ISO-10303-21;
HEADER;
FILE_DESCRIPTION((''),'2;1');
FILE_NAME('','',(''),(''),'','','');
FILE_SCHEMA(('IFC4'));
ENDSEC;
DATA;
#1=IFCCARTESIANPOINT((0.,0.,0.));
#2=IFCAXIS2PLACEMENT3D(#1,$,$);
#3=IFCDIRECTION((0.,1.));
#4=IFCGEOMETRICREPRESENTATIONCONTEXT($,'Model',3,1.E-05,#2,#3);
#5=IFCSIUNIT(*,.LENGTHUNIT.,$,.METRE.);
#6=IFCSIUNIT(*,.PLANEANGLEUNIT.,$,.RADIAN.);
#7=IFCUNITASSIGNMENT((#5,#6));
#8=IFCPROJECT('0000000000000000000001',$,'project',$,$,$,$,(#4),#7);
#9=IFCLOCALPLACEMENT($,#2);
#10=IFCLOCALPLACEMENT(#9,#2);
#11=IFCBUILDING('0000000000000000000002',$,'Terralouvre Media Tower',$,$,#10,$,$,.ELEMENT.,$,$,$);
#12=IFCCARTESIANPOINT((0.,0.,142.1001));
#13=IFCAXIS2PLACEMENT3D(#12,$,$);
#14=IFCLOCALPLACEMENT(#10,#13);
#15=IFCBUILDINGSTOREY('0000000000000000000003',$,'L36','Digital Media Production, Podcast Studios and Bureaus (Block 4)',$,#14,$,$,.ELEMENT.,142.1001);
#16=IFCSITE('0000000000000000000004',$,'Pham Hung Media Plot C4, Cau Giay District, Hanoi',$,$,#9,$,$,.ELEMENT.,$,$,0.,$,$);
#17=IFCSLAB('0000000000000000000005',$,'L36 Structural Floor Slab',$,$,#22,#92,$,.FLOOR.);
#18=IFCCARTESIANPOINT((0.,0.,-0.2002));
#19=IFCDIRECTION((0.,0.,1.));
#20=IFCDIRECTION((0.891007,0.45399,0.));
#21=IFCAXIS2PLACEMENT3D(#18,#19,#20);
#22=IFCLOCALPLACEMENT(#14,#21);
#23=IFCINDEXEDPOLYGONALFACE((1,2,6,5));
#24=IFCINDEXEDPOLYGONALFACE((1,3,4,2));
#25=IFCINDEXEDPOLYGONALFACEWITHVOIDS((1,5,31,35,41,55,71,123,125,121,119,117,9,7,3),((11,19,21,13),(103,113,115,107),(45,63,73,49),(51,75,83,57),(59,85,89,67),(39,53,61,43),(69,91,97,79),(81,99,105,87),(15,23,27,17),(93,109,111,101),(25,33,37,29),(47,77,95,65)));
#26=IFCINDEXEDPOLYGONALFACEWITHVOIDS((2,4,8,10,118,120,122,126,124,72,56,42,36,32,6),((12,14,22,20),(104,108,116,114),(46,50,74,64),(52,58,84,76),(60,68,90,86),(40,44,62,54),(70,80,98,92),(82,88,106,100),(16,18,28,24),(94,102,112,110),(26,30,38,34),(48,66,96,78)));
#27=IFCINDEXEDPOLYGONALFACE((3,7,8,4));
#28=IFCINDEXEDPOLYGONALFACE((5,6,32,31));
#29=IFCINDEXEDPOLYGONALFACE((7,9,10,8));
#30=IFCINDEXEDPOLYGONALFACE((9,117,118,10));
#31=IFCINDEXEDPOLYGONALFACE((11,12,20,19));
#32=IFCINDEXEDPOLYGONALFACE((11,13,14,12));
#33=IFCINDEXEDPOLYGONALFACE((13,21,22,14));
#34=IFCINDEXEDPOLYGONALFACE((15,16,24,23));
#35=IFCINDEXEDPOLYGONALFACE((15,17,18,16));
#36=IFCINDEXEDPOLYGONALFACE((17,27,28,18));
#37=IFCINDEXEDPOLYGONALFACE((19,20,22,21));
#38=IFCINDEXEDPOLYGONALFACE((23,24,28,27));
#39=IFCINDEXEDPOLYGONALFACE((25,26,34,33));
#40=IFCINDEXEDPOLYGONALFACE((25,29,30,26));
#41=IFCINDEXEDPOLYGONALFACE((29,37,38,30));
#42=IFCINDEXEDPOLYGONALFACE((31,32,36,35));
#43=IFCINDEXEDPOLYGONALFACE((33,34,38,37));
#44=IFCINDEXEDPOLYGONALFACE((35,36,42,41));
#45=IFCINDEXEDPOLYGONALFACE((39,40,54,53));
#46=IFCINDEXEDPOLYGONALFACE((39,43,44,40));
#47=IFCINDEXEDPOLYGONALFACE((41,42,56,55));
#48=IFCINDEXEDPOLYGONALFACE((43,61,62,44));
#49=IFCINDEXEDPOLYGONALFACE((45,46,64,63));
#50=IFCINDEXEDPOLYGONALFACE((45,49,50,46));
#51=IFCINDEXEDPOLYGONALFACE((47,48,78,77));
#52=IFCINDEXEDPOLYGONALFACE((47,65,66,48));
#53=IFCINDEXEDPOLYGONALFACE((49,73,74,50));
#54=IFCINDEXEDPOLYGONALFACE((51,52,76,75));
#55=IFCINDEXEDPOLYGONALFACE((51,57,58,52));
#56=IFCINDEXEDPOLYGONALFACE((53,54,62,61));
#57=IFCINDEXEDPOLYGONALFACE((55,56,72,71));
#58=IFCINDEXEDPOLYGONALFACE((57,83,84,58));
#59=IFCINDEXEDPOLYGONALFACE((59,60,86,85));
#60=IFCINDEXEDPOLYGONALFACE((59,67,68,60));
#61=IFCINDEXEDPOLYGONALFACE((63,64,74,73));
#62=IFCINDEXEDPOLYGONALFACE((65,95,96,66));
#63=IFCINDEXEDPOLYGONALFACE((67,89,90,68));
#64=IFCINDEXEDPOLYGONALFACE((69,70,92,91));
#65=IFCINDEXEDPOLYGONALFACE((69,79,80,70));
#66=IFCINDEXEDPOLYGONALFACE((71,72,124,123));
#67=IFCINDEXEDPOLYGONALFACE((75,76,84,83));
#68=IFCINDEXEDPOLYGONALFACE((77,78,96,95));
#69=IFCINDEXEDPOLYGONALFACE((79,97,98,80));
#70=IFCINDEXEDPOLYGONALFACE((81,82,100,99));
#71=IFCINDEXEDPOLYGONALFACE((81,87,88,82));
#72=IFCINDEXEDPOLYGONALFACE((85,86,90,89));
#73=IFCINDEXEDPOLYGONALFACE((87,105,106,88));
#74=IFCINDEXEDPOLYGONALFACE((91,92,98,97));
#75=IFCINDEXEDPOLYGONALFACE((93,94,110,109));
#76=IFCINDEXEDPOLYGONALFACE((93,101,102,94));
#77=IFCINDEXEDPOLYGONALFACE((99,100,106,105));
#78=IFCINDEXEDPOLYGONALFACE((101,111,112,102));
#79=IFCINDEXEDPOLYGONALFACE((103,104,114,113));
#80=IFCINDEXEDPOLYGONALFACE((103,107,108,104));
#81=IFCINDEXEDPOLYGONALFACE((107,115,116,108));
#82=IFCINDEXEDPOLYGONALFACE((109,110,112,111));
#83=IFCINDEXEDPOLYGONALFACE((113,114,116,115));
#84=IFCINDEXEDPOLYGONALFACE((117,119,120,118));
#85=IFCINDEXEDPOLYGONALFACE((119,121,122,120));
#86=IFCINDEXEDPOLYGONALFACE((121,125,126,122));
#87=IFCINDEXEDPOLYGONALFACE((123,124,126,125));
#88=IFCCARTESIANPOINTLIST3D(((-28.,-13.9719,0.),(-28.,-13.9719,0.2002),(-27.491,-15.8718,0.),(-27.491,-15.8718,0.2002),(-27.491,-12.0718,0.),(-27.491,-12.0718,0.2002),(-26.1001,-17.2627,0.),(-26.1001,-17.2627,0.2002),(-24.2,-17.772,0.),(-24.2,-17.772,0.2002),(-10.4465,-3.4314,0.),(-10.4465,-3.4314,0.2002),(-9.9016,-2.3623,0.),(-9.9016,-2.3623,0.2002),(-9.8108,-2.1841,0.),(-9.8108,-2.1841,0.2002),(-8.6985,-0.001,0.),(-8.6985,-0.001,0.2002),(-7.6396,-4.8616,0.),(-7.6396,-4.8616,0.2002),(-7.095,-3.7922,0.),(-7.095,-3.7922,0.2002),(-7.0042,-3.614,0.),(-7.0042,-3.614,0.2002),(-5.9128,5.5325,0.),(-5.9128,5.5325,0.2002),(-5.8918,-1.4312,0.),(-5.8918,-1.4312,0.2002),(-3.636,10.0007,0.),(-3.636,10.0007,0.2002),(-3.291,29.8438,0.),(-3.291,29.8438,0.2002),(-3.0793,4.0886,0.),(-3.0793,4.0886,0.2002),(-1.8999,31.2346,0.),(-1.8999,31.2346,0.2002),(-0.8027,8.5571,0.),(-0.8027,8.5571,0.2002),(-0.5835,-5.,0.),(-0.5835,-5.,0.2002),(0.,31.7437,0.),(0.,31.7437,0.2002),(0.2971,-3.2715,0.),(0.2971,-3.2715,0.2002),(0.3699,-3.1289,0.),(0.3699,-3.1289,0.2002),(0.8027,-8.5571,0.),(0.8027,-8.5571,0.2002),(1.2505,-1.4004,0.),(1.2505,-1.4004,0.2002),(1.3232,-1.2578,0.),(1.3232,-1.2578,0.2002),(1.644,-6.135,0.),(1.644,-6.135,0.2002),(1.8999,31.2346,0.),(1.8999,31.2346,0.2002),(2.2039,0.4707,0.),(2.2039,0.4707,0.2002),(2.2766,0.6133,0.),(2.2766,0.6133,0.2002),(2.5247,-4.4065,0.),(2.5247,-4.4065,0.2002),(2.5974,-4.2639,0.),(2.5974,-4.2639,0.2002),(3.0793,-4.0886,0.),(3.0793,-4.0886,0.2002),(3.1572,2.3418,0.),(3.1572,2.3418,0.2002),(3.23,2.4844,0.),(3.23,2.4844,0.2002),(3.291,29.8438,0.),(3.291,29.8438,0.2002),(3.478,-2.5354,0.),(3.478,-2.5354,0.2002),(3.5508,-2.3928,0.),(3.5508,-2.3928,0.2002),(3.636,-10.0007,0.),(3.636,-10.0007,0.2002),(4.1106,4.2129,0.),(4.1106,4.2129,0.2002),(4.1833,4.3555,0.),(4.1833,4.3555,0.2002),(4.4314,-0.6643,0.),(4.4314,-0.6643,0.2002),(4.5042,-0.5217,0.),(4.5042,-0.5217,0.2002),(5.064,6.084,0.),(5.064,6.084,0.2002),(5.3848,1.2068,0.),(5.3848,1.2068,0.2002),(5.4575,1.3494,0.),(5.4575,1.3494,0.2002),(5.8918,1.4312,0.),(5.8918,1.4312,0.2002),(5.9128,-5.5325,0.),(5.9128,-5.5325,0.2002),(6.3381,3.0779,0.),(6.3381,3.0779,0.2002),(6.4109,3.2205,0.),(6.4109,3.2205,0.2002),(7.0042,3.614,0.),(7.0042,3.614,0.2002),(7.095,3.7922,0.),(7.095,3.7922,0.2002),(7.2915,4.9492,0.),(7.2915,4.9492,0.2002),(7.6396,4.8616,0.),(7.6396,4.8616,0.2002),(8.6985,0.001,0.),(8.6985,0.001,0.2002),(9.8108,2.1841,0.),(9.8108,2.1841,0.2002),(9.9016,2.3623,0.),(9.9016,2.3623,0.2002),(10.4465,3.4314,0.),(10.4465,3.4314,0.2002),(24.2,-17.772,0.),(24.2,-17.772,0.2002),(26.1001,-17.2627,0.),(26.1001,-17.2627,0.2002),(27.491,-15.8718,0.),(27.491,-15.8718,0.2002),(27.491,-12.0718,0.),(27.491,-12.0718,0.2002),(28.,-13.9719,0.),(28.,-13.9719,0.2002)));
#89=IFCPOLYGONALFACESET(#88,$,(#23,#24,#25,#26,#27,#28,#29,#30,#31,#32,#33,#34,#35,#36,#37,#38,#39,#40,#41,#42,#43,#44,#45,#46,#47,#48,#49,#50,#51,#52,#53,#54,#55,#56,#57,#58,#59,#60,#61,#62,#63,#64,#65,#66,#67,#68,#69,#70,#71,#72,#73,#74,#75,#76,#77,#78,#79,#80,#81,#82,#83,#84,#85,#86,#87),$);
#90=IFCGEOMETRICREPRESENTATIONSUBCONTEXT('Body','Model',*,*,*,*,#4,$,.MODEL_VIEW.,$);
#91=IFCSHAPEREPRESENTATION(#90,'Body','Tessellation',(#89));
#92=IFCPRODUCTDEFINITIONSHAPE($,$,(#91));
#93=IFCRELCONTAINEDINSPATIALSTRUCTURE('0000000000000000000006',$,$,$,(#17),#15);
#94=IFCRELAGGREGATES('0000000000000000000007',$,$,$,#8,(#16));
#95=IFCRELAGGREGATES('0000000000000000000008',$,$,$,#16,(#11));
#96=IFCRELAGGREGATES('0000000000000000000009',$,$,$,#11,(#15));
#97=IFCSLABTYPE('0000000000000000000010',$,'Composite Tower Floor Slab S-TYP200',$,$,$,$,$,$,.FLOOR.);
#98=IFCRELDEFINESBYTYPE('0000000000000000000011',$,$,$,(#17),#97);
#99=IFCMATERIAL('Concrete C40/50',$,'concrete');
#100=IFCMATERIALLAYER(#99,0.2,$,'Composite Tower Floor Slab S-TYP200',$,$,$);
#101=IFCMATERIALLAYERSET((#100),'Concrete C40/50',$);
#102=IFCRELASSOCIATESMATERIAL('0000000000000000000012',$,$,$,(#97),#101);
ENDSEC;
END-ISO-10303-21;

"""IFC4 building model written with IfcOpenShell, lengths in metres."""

from ifc_helpers import new_model, si_unit, direction, frame, origin, place, context, subcontext, project, spatial, polyline, outline, extrude, material, layer, layer_set, type_object, element, save


model = new_model("IFC4")

# Units and contexts
model_context = context("Model", 3, precision=1e-05, world=origin(), true_north=direction((0.0, 1.0)))
body_context = subcontext(model_context, "Body", "Model", "MODEL_VIEW")
ifc_project = project(units=[si_unit("LENGTHUNIT", "METRE"), si_unit("PLANEANGLEUNIT", "RADIAN")], contexts=[model_context])

# Site, building, storey
site_placement = place(None, origin())
site = spatial("IfcSite", under=ifc_project, at=site_placement, Name="Pham Hung Media Plot C4, Cau Giay District, Hanoi", CompositionType="ELEMENT", RefElevation=0.0)
building_placement = place(site_placement, origin())
building = spatial("IfcBuilding", under=site, at=building_placement, Name="Terralouvre Media Tower", CompositionType="ELEMENT")
storey_placement = place(building_placement, frame((0.0, 0.0, 142.1001)))
storey = spatial("IfcBuildingStorey", under=building, at=storey_placement, Name="L36", Description="Digital Media Production, Podcast Studios and Bureaus (Block 4)", CompositionType="ELEMENT", Elevation=142.1001)

# Slab
ifc_material_1 = material(Name="Concrete C40/50", Category="concrete")
ifc_layer_1 = layer(ifc_material_1, 0.2, Name="Composite Tower Floor Slab S-TYP200")
ifc_layer_set_1 = layer_set([ifc_layer_1], Name="Concrete C40/50")
slab_type = type_object("IfcSlabType", Name="Composite Tower Floor Slab S-TYP200", PredefinedType="FLOOR", material=ifc_layer_set_1)
slab_placement = place(storey_placement, frame((0.0, 0.0, -0.2002), z_axis=(0.0, 0.0, 1.0), x_axis=(0.891007, 0.45399, 0.0)))
element("IfcSlab", 1, at=slab_placement, inside=storey, type_object=slab_type, Name="L36 Structural Floor Slab", PredefinedType="FLOOR", context=body_context, shape_type="SweptSolid", body=[
    extrude(outline(polyline([(-27.491, -12.0718), (-28.0, -13.9719), (-27.491, -15.8718), (-26.1001, -17.2627), (-24.2, -17.772), (24.2, -17.772), (26.1001, -17.2627), (27.491, -15.8718), (28.0, -13.9719), (27.491, -12.0718), (3.291, 29.8438), (1.8999, 31.2346), (0.0, 31.7437), (-1.8999, 31.2346), (-3.291, 29.8438), (-27.491, -12.0718)]), holes=[polyline([(-7.095, -3.7922), (-7.6396, -4.8616), (-10.4465, -3.4314), (-9.9016, -2.3623), (-7.095, -3.7922)]), polyline([(-7.0042, -3.614), (-9.8108, -2.1841), (-8.6985, -0.001), (-5.8918, -1.4312), (-7.0042, -3.614)]), polyline([(4.5042, -0.5217), (2.2766, 0.6133), (3.1572, 2.3418), (5.3848, 1.2068), (4.5042, -0.5217)]), polyline([(6.3381, 3.0779), (5.4575, 1.3494), (3.23, 2.4844), (4.1106, 4.2129), (6.3381, 3.0779)]), polyline([(-3.0793, 4.0886), (-5.9128, 5.5325), (-3.636, 10.0007), (-0.8027, 8.5571), (-3.0793, 4.0886)]), polyline([(6.4109, 3.2205), (4.1833, 4.3555), (5.064, 6.084), (7.2915, 4.9492), (6.4109, 3.2205)]), polyline([(0.8027, -8.5571), (3.0793, -4.0886), (5.9128, -5.5325), (3.636, -10.0007), (0.8027, -8.5571)]), polyline([(1.644, -6.135), (-0.5835, -5.0), (0.2971, -3.2715), (2.5247, -4.4065), (1.644, -6.135)]), polyline([(2.5974, -4.2639), (0.3699, -3.1289), (1.2505, -1.4004), (3.478, -2.5354), (2.5974, -4.2639)]), polyline([(4.4314, -0.6643), (3.5508, -2.3928), (1.3232, -1.2578), (2.2039, 0.4707), (4.4314, -0.6643)]), polyline([(8.6985, 0.001), (5.8918, 1.4312), (7.0042, 3.614), (9.8108, 2.1841), (8.6985, 0.001)]), polyline([(9.9016, 2.3623), (7.095, 3.7922), (7.6396, 4.8616), (10.4465, 3.4314), (9.9016, 2.3623)])]), origin(), (0.0, 0.0, 1.0), 0.2002),
])

save(model, "model.ifc")
